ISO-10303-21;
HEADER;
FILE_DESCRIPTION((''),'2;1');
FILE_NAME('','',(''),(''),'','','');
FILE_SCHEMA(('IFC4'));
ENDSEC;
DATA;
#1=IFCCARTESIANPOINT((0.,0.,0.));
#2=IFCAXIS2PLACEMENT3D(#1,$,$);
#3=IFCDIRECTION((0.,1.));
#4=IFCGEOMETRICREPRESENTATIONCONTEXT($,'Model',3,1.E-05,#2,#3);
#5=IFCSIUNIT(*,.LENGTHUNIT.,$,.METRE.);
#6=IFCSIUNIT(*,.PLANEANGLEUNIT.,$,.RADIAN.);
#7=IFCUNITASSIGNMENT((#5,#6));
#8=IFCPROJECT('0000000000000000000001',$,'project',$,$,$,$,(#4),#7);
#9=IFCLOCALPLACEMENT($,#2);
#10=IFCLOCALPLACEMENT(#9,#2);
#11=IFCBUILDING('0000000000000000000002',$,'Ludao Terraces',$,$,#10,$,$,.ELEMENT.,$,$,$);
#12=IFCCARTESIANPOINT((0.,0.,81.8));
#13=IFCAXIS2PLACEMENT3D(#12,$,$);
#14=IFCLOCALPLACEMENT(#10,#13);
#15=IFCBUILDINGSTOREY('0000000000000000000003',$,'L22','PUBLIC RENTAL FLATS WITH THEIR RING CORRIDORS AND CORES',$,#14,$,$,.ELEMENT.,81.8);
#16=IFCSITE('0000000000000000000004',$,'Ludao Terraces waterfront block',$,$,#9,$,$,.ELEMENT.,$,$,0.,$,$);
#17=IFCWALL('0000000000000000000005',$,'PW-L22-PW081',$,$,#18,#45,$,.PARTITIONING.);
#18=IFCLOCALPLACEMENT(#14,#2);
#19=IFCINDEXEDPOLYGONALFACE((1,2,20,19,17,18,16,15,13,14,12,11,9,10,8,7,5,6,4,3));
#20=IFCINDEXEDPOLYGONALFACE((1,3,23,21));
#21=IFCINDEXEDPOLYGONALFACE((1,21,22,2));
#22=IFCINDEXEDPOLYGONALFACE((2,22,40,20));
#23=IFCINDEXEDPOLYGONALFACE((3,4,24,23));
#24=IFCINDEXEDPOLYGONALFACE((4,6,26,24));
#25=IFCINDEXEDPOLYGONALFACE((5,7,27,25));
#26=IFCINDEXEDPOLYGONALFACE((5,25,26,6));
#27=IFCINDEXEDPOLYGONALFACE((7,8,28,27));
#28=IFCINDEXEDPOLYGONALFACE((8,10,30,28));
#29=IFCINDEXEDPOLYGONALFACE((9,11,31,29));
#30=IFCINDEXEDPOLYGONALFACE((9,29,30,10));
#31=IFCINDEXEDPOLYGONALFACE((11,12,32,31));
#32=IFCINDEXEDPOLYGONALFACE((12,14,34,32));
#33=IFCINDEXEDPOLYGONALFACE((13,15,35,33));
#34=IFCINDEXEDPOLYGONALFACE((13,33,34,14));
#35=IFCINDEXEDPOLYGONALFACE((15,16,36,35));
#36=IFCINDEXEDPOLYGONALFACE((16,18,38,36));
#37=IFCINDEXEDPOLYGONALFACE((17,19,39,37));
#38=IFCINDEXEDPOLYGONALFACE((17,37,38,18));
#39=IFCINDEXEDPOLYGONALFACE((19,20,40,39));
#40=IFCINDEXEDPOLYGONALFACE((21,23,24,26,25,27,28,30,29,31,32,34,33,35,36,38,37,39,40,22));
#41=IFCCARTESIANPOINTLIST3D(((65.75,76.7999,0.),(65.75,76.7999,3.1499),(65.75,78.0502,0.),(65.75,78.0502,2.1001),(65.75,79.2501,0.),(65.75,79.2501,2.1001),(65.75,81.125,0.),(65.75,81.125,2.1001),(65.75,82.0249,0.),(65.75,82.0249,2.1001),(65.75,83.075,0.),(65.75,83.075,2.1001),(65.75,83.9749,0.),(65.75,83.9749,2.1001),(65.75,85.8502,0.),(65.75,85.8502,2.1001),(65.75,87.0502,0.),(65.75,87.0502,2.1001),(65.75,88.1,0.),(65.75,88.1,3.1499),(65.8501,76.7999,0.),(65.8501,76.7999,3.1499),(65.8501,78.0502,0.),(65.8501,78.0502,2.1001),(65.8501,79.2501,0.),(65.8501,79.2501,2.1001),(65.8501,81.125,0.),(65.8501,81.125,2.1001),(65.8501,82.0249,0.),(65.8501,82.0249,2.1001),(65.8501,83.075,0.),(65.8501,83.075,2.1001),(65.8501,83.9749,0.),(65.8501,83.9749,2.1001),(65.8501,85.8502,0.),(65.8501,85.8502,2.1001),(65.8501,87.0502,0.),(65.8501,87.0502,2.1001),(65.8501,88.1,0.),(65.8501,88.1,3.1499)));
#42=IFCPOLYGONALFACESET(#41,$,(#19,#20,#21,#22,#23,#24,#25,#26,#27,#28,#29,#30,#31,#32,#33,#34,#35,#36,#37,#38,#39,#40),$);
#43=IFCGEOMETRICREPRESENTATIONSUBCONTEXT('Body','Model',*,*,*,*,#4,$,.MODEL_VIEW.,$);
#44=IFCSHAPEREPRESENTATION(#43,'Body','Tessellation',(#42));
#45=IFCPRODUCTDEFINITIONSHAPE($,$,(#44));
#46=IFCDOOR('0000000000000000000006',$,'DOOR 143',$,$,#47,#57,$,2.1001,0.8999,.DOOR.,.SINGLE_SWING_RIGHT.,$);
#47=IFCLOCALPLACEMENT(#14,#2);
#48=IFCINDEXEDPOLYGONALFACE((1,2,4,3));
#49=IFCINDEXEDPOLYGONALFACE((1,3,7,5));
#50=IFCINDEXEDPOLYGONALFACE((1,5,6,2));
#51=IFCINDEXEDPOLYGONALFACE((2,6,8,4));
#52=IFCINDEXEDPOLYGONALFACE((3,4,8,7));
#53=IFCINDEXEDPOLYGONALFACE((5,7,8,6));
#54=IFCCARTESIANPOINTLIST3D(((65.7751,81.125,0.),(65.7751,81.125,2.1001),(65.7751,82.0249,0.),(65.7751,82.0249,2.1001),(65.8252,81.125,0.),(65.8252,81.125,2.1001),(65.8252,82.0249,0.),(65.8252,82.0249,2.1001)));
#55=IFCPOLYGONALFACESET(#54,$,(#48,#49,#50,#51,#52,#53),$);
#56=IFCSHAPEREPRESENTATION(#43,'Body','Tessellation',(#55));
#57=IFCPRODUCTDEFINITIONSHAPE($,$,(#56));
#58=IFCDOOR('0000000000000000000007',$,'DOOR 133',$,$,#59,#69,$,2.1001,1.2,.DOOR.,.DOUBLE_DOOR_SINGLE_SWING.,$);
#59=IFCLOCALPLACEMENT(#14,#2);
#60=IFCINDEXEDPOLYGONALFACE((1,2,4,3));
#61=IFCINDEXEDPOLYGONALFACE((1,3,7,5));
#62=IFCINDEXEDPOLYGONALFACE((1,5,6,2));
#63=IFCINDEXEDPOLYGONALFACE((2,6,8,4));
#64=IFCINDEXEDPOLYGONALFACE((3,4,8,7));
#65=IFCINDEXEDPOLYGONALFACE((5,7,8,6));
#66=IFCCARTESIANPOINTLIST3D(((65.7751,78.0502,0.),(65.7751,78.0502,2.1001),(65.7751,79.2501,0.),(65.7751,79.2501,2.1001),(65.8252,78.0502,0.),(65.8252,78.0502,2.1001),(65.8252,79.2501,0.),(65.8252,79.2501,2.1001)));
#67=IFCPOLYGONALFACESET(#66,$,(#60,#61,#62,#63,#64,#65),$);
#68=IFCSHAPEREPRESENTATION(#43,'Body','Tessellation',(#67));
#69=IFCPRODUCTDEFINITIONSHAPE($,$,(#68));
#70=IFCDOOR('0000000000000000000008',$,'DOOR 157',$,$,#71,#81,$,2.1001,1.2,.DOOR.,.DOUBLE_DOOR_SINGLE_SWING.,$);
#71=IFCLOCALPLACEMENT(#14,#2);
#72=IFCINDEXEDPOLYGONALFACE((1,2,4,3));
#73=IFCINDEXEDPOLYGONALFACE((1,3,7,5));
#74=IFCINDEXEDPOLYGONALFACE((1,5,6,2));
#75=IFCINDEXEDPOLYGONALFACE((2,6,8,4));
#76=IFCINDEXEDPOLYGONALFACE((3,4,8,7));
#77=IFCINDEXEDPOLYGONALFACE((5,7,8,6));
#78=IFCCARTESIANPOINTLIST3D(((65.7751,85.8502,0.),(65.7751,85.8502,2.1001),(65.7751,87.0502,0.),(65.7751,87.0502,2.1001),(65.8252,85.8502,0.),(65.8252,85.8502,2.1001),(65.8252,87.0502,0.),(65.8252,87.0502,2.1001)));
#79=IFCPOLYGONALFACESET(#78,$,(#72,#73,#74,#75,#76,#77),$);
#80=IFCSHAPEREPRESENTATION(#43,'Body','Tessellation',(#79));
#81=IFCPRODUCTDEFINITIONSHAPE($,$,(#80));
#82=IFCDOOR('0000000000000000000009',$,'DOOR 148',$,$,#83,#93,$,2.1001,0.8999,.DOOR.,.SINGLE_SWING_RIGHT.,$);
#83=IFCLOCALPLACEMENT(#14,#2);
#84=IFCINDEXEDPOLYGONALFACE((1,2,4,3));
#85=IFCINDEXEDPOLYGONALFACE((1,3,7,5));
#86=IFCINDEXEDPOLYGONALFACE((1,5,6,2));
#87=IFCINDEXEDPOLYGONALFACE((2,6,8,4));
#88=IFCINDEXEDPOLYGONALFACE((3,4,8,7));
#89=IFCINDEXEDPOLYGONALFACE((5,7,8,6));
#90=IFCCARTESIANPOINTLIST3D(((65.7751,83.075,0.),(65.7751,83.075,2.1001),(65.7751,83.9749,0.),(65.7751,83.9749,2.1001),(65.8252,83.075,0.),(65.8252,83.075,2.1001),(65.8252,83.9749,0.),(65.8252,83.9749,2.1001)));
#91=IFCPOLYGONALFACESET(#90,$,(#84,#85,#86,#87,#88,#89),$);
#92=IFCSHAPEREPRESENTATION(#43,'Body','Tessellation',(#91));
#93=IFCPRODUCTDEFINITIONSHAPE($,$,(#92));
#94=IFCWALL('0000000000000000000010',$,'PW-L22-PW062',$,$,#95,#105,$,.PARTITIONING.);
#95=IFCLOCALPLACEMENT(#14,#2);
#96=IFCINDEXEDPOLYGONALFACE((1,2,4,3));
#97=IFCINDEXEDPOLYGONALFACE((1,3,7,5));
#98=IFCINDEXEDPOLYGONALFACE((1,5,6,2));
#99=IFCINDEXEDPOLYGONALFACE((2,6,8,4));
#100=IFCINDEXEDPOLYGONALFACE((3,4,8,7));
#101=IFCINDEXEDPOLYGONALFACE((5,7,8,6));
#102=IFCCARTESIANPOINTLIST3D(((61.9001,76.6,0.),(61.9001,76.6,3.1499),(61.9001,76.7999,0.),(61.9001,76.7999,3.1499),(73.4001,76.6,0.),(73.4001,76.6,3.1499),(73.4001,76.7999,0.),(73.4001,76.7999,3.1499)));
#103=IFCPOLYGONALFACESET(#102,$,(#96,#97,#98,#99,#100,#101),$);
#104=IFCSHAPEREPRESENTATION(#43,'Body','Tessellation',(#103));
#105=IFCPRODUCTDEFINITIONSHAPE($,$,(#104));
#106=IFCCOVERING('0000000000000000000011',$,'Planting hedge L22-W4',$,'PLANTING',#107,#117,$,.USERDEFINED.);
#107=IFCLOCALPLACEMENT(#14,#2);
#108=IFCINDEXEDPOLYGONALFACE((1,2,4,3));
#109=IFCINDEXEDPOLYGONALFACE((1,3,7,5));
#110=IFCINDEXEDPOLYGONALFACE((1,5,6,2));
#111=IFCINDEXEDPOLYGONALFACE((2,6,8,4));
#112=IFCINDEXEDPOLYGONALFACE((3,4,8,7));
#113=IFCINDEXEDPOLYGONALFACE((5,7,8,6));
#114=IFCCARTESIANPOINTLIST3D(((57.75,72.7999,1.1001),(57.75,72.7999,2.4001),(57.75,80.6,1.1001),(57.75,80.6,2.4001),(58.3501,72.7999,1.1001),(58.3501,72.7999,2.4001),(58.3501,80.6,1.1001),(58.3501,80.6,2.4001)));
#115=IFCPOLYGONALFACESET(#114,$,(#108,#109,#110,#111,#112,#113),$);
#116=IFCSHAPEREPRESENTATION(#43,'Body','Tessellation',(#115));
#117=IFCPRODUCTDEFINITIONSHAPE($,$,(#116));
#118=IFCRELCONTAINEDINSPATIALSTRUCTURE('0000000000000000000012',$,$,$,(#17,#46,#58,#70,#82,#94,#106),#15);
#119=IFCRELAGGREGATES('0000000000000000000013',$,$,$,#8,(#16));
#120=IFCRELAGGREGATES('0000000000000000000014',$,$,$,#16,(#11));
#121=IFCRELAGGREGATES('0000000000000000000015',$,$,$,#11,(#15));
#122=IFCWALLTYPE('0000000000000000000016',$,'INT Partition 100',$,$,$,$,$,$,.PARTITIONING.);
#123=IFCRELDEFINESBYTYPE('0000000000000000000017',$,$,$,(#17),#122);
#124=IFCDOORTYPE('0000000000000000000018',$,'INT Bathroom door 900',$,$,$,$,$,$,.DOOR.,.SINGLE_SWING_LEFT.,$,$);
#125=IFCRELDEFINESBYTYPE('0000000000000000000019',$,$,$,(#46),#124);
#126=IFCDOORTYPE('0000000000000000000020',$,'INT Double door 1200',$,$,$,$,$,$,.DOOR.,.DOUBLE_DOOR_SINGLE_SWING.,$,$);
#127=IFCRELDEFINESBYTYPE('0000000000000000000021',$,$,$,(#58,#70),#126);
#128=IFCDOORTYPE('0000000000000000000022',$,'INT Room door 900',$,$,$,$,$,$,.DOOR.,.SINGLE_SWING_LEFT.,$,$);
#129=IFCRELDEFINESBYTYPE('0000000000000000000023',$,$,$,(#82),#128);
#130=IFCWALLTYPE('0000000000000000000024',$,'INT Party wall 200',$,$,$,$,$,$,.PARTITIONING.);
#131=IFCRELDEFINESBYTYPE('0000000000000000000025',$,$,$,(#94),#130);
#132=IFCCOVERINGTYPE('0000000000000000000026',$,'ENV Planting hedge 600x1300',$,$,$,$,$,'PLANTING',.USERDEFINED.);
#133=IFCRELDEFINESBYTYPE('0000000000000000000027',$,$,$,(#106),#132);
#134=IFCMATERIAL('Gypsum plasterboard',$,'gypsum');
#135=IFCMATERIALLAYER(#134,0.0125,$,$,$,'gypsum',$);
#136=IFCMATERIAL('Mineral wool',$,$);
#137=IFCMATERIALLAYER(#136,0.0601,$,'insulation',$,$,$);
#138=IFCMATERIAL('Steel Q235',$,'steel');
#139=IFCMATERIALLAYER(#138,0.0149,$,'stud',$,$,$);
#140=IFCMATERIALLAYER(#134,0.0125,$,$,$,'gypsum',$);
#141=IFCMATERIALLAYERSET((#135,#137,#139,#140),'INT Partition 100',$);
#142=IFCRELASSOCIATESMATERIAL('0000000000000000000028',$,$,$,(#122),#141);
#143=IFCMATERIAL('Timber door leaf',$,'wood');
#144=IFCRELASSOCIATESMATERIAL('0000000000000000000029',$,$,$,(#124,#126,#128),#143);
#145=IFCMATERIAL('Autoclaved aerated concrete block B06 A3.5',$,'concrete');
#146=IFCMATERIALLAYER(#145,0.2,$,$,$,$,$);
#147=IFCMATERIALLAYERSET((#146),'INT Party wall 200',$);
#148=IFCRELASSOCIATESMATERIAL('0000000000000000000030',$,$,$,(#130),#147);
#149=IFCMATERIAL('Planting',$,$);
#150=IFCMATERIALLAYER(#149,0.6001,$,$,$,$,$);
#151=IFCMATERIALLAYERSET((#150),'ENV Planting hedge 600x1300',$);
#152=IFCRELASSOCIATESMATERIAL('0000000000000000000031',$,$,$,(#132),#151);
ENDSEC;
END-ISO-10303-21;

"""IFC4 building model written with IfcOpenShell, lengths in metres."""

from ifc_helpers import new_model, si_unit, direction, frame, frame_2d, origin, origin_2d, place, context, subcontext, project, spatial, rectangle, extrude, material, layer, layer_set, type_object, element, fill, save


model = new_model("IFC4")

# Units and contexts
model_context = context("Model", 3, precision=1e-05, world=origin(), true_north=direction((0.0, 1.0)))
body_context = subcontext(model_context, "Body", "Model", "MODEL_VIEW")
ifc_project = project(units=[si_unit("LENGTHUNIT", "METRE"), si_unit("PLANEANGLEUNIT", "RADIAN")], contexts=[model_context])

# Site, building, storey
site_placement = place(None, origin())
site = spatial("IfcSite", under=ifc_project, at=site_placement, Name="Ludao Terraces waterfront block", CompositionType="ELEMENT", RefElevation=0.0)
building_placement = place(site_placement, origin())
building = spatial("IfcBuilding", under=site, at=building_placement, Name="Ludao Terraces", CompositionType="ELEMENT")
storey_placement = place(building_placement, frame((0.0, 0.0, 81.8)))
storey = spatial("IfcBuildingStorey", under=building, at=storey_placement, Name="L22", Description="PUBLIC RENTAL FLATS WITH THEIR RING CORRIDORS AND CORES", CompositionType="ELEMENT", Elevation=81.8)

# Shared definitions
ifc_material_1 = material(Name="Mineral wool")

# Shared definitions
ifc_material_2 = material(Name="Gypsum plasterboard", Category="gypsum")
ifc_layer_1 = layer(ifc_material_2, 0.0125, Category="gypsum")
ifc_layer_2 = layer(ifc_material_1, 0.0601, Name="insulation")
ifc_material_3 = material(Name="Steel Q235", Category="steel")
ifc_layer_3 = layer(ifc_material_3, 0.0149, Name="stud")
ifc_layer_4 = layer(ifc_material_2, 0.0125, Category="gypsum")
ifc_layer_set_1 = layer_set([ifc_layer_1, ifc_layer_2, ifc_layer_3, ifc_layer_4], Name="INT Partition 100")
wall_type_1 = type_object("IfcWallType", Name="INT Partition 100", PredefinedType="PARTITIONING", material=ifc_layer_set_1)

# Wall, openings, doors
wall_1_placement = place(storey_placement, frame((65.8, 76.8, 0.0), z_axis=(0.0, 0.0, 1.0), x_axis=(0.0, 1.0, 0.0)))
wall_1 = element("IfcWall", 1, at=wall_1_placement, inside=storey, type_object=wall_type_1, Name="PW-L22-PW081", PredefinedType="PARTITIONING", context=body_context, shape_type="SweptSolid", body=[
    extrude(rectangle(XDim=11.3, YDim=0.1001, at=frame_2d((5.6499, 0.0))), origin(), (0.0, 0.0, 1.0), 3.1499),
])
opening_1_placement = place(wall_1_placement, frame((1.25, 0.0, 0.0)))
opening_1 = element("IfcOpeningElement", 2, at=opening_1_placement, cuts=wall_1, PredefinedType="OPENING", context=body_context, shape_type="SweptSolid", body=[
    extrude(rectangle(XDim=1.2, YDim=2.1001, at=frame_2d((0.6001, 1.05))), frame((0.0, 0.0601, 0.0), z_axis=(0.0, -1.0, 0.0), x_axis=(1.0, 0.0, 0.0)), (0.0, 0.0, 1.0), 0.1201),
])
opening_2_placement = place(wall_1_placement, frame((4.325, 0.0, 0.0)))
opening_2 = element("IfcOpeningElement", 3, at=opening_2_placement, cuts=wall_1, PredefinedType="OPENING", context=body_context, shape_type="SweptSolid", body=[
    extrude(rectangle(XDim=0.8999, YDim=2.1001, at=frame_2d((0.45, 1.05))), frame((0.0, 0.0601, 0.0), z_axis=(0.0, -1.0, 0.0), x_axis=(1.0, 0.0, 0.0)), (0.0, 0.0, 1.0), 0.1201),
])
opening_3_placement = place(wall_1_placement, frame((6.2749, 0.0, 0.0)))
opening_3 = element("IfcOpeningElement", 4, at=opening_3_placement, cuts=wall_1, PredefinedType="OPENING", context=body_context, shape_type="SweptSolid", body=[
    extrude(rectangle(XDim=0.8999, YDim=2.1001, at=frame_2d((0.45, 1.05))), frame((0.0, 0.0601, 0.0), z_axis=(0.0, -1.0, 0.0), x_axis=(1.0, 0.0, 0.0)), (0.0, 0.0, 1.0), 0.1201),
])
opening_4_placement = place(wall_1_placement, frame((9.05, 0.0, 0.0)))
opening_4 = element("IfcOpeningElement", 5, at=opening_4_placement, cuts=wall_1, PredefinedType="OPENING", context=body_context, shape_type="SweptSolid", body=[
    extrude(rectangle(XDim=1.2, YDim=2.1001, at=frame_2d((0.6001, 1.05))), frame((0.0, 0.0601, 0.0), z_axis=(0.0, -1.0, 0.0), x_axis=(1.0, 0.0, 0.0)), (0.0, 0.0, 1.0), 0.1201),
])
ifc_material_4 = material(Name="Timber door leaf", Category="wood")
door_type_1 = type_object("IfcDoorType", Name="INT Bathroom door 900", OperationType="SINGLE_SWING_LEFT", PredefinedType="DOOR", material=ifc_material_4)
door_1_placement = place(opening_2_placement, origin())
door_1 = element("IfcDoor", 6, at=door_1_placement, inside=storey, type_object=door_type_1, Name="DOOR 143", OperationType="SINGLE_SWING_RIGHT", OverallHeight=2.1001, OverallWidth=0.8999, PredefinedType="DOOR", context=body_context, shape_type="SweptSolid", body=[
    extrude(rectangle(XDim=0.8999, YDim=2.1001, at=frame_2d((0.45, 1.05))), frame((0.0, 0.0249, 0.0), z_axis=(0.0, -1.0, 0.0), x_axis=(1.0, 0.0, 0.0)), (0.0, 0.0, 1.0), 0.05),
])
fill(opening_2, door_1)
door_type_2 = type_object("IfcDoorType", Name="INT Double door 1200", OperationType="DOUBLE_DOOR_SINGLE_SWING", PredefinedType="DOOR", material=ifc_material_4)
door_2_placement = place(opening_1_placement, origin())
door_2 = element("IfcDoor", 7, at=door_2_placement, inside=storey, type_object=door_type_2, Name="DOOR 133", OperationType="DOUBLE_DOOR_SINGLE_SWING", OverallHeight=2.1001, OverallWidth=1.2, PredefinedType="DOOR", context=body_context, shape_type="SweptSolid", body=[
    extrude(rectangle(XDim=1.2, YDim=2.1001, at=frame_2d((0.6001, 1.05))), frame((0.0, 0.0249, 0.0), z_axis=(0.0, -1.0, 0.0), x_axis=(1.0, 0.0, 0.0)), (0.0, 0.0, 1.0), 0.05),
])
fill(opening_1, door_2)
door_3_placement = place(opening_4_placement, origin())
door_3 = element("IfcDoor", 8, at=door_3_placement, inside=storey, type_object=door_type_2, Name="DOOR 157", OperationType="DOUBLE_DOOR_SINGLE_SWING", OverallHeight=2.1001, OverallWidth=1.2, PredefinedType="DOOR", context=body_context, shape_type="SweptSolid", body=[
    extrude(rectangle(XDim=1.2, YDim=2.1001, at=frame_2d((0.6001, 1.05))), frame((0.0, 0.0249, 0.0), z_axis=(0.0, -1.0, 0.0), x_axis=(1.0, 0.0, 0.0)), (0.0, 0.0, 1.0), 0.05),
])
fill(opening_4, door_3)
door_type_3 = type_object("IfcDoorType", Name="INT Room door 900", OperationType="SINGLE_SWING_LEFT", PredefinedType="DOOR", material=ifc_material_4)
door_4_placement = place(opening_3_placement, origin())
door_4 = element("IfcDoor", 9, at=door_4_placement, inside=storey, type_object=door_type_3, Name="DOOR 148", OperationType="SINGLE_SWING_RIGHT", OverallHeight=2.1001, OverallWidth=0.8999, PredefinedType="DOOR", context=body_context, shape_type="SweptSolid", body=[
    extrude(rectangle(XDim=0.8999, YDim=2.1001, at=frame_2d((0.45, 1.05))), frame((0.0, 0.0249, 0.0), z_axis=(0.0, -1.0, 0.0), x_axis=(1.0, 0.0, 0.0)), (0.0, 0.0, 1.0), 0.05),
])
fill(opening_3, door_4)

# Wall
ifc_material_5 = material(Name="Autoclaved aerated concrete block B06 A3.5", Category="concrete")
ifc_layer_5 = layer(ifc_material_5, 0.2)
ifc_layer_set_2 = layer_set([ifc_layer_5], Name="INT Party wall 200")
wall_type_2 = type_object("IfcWallType", Name="INT Party wall 200", PredefinedType="PARTITIONING", material=ifc_layer_set_2)
wall_2_placement = place(storey_placement, frame((61.9001, 76.7, 0.0), z_axis=(0.0, 0.0, 1.0), x_axis=(1.0, 0.0, 0.0)))
element("IfcWall", 10, at=wall_2_placement, inside=storey, type_object=wall_type_2, Name="PW-L22-PW062", PredefinedType="PARTITIONING", context=body_context, shape_type="SweptSolid", body=[
    extrude(rectangle(XDim=11.5, YDim=0.2, at=frame_2d((5.75, 0.0))), origin(), (0.0, 0.0, 1.0), 3.1499),
])

# Covering
ifc_material_6 = material(Name="Planting")
ifc_layer_6 = layer(ifc_material_6, 0.6001)
ifc_layer_set_3 = layer_set([ifc_layer_6], Name="ENV Planting hedge 600x1300")
covering_type = type_object("IfcCoveringType", Name="ENV Planting hedge 600x1300", ElementType="PLANTING", PredefinedType="USERDEFINED", material=ifc_layer_set_3)
covering_placement = place(storey_placement, frame((58.05, 76.7, 1.1001), z_axis=(0.0, 0.0, 1.0), x_axis=(1.0, 0.0, 0.0)))
element("IfcCovering", 11, at=covering_placement, inside=storey, type_object=covering_type, Name="Planting hedge L22-W4", ObjectType="PLANTING", PredefinedType="USERDEFINED", context=body_context, shape_type="SweptSolid", body=[
    extrude(rectangle(XDim=0.6001, YDim=7.8, at=origin_2d()), origin(), (0.0, 0.0, 1.0), 1.3),
])

save(model, "model.ifc")
